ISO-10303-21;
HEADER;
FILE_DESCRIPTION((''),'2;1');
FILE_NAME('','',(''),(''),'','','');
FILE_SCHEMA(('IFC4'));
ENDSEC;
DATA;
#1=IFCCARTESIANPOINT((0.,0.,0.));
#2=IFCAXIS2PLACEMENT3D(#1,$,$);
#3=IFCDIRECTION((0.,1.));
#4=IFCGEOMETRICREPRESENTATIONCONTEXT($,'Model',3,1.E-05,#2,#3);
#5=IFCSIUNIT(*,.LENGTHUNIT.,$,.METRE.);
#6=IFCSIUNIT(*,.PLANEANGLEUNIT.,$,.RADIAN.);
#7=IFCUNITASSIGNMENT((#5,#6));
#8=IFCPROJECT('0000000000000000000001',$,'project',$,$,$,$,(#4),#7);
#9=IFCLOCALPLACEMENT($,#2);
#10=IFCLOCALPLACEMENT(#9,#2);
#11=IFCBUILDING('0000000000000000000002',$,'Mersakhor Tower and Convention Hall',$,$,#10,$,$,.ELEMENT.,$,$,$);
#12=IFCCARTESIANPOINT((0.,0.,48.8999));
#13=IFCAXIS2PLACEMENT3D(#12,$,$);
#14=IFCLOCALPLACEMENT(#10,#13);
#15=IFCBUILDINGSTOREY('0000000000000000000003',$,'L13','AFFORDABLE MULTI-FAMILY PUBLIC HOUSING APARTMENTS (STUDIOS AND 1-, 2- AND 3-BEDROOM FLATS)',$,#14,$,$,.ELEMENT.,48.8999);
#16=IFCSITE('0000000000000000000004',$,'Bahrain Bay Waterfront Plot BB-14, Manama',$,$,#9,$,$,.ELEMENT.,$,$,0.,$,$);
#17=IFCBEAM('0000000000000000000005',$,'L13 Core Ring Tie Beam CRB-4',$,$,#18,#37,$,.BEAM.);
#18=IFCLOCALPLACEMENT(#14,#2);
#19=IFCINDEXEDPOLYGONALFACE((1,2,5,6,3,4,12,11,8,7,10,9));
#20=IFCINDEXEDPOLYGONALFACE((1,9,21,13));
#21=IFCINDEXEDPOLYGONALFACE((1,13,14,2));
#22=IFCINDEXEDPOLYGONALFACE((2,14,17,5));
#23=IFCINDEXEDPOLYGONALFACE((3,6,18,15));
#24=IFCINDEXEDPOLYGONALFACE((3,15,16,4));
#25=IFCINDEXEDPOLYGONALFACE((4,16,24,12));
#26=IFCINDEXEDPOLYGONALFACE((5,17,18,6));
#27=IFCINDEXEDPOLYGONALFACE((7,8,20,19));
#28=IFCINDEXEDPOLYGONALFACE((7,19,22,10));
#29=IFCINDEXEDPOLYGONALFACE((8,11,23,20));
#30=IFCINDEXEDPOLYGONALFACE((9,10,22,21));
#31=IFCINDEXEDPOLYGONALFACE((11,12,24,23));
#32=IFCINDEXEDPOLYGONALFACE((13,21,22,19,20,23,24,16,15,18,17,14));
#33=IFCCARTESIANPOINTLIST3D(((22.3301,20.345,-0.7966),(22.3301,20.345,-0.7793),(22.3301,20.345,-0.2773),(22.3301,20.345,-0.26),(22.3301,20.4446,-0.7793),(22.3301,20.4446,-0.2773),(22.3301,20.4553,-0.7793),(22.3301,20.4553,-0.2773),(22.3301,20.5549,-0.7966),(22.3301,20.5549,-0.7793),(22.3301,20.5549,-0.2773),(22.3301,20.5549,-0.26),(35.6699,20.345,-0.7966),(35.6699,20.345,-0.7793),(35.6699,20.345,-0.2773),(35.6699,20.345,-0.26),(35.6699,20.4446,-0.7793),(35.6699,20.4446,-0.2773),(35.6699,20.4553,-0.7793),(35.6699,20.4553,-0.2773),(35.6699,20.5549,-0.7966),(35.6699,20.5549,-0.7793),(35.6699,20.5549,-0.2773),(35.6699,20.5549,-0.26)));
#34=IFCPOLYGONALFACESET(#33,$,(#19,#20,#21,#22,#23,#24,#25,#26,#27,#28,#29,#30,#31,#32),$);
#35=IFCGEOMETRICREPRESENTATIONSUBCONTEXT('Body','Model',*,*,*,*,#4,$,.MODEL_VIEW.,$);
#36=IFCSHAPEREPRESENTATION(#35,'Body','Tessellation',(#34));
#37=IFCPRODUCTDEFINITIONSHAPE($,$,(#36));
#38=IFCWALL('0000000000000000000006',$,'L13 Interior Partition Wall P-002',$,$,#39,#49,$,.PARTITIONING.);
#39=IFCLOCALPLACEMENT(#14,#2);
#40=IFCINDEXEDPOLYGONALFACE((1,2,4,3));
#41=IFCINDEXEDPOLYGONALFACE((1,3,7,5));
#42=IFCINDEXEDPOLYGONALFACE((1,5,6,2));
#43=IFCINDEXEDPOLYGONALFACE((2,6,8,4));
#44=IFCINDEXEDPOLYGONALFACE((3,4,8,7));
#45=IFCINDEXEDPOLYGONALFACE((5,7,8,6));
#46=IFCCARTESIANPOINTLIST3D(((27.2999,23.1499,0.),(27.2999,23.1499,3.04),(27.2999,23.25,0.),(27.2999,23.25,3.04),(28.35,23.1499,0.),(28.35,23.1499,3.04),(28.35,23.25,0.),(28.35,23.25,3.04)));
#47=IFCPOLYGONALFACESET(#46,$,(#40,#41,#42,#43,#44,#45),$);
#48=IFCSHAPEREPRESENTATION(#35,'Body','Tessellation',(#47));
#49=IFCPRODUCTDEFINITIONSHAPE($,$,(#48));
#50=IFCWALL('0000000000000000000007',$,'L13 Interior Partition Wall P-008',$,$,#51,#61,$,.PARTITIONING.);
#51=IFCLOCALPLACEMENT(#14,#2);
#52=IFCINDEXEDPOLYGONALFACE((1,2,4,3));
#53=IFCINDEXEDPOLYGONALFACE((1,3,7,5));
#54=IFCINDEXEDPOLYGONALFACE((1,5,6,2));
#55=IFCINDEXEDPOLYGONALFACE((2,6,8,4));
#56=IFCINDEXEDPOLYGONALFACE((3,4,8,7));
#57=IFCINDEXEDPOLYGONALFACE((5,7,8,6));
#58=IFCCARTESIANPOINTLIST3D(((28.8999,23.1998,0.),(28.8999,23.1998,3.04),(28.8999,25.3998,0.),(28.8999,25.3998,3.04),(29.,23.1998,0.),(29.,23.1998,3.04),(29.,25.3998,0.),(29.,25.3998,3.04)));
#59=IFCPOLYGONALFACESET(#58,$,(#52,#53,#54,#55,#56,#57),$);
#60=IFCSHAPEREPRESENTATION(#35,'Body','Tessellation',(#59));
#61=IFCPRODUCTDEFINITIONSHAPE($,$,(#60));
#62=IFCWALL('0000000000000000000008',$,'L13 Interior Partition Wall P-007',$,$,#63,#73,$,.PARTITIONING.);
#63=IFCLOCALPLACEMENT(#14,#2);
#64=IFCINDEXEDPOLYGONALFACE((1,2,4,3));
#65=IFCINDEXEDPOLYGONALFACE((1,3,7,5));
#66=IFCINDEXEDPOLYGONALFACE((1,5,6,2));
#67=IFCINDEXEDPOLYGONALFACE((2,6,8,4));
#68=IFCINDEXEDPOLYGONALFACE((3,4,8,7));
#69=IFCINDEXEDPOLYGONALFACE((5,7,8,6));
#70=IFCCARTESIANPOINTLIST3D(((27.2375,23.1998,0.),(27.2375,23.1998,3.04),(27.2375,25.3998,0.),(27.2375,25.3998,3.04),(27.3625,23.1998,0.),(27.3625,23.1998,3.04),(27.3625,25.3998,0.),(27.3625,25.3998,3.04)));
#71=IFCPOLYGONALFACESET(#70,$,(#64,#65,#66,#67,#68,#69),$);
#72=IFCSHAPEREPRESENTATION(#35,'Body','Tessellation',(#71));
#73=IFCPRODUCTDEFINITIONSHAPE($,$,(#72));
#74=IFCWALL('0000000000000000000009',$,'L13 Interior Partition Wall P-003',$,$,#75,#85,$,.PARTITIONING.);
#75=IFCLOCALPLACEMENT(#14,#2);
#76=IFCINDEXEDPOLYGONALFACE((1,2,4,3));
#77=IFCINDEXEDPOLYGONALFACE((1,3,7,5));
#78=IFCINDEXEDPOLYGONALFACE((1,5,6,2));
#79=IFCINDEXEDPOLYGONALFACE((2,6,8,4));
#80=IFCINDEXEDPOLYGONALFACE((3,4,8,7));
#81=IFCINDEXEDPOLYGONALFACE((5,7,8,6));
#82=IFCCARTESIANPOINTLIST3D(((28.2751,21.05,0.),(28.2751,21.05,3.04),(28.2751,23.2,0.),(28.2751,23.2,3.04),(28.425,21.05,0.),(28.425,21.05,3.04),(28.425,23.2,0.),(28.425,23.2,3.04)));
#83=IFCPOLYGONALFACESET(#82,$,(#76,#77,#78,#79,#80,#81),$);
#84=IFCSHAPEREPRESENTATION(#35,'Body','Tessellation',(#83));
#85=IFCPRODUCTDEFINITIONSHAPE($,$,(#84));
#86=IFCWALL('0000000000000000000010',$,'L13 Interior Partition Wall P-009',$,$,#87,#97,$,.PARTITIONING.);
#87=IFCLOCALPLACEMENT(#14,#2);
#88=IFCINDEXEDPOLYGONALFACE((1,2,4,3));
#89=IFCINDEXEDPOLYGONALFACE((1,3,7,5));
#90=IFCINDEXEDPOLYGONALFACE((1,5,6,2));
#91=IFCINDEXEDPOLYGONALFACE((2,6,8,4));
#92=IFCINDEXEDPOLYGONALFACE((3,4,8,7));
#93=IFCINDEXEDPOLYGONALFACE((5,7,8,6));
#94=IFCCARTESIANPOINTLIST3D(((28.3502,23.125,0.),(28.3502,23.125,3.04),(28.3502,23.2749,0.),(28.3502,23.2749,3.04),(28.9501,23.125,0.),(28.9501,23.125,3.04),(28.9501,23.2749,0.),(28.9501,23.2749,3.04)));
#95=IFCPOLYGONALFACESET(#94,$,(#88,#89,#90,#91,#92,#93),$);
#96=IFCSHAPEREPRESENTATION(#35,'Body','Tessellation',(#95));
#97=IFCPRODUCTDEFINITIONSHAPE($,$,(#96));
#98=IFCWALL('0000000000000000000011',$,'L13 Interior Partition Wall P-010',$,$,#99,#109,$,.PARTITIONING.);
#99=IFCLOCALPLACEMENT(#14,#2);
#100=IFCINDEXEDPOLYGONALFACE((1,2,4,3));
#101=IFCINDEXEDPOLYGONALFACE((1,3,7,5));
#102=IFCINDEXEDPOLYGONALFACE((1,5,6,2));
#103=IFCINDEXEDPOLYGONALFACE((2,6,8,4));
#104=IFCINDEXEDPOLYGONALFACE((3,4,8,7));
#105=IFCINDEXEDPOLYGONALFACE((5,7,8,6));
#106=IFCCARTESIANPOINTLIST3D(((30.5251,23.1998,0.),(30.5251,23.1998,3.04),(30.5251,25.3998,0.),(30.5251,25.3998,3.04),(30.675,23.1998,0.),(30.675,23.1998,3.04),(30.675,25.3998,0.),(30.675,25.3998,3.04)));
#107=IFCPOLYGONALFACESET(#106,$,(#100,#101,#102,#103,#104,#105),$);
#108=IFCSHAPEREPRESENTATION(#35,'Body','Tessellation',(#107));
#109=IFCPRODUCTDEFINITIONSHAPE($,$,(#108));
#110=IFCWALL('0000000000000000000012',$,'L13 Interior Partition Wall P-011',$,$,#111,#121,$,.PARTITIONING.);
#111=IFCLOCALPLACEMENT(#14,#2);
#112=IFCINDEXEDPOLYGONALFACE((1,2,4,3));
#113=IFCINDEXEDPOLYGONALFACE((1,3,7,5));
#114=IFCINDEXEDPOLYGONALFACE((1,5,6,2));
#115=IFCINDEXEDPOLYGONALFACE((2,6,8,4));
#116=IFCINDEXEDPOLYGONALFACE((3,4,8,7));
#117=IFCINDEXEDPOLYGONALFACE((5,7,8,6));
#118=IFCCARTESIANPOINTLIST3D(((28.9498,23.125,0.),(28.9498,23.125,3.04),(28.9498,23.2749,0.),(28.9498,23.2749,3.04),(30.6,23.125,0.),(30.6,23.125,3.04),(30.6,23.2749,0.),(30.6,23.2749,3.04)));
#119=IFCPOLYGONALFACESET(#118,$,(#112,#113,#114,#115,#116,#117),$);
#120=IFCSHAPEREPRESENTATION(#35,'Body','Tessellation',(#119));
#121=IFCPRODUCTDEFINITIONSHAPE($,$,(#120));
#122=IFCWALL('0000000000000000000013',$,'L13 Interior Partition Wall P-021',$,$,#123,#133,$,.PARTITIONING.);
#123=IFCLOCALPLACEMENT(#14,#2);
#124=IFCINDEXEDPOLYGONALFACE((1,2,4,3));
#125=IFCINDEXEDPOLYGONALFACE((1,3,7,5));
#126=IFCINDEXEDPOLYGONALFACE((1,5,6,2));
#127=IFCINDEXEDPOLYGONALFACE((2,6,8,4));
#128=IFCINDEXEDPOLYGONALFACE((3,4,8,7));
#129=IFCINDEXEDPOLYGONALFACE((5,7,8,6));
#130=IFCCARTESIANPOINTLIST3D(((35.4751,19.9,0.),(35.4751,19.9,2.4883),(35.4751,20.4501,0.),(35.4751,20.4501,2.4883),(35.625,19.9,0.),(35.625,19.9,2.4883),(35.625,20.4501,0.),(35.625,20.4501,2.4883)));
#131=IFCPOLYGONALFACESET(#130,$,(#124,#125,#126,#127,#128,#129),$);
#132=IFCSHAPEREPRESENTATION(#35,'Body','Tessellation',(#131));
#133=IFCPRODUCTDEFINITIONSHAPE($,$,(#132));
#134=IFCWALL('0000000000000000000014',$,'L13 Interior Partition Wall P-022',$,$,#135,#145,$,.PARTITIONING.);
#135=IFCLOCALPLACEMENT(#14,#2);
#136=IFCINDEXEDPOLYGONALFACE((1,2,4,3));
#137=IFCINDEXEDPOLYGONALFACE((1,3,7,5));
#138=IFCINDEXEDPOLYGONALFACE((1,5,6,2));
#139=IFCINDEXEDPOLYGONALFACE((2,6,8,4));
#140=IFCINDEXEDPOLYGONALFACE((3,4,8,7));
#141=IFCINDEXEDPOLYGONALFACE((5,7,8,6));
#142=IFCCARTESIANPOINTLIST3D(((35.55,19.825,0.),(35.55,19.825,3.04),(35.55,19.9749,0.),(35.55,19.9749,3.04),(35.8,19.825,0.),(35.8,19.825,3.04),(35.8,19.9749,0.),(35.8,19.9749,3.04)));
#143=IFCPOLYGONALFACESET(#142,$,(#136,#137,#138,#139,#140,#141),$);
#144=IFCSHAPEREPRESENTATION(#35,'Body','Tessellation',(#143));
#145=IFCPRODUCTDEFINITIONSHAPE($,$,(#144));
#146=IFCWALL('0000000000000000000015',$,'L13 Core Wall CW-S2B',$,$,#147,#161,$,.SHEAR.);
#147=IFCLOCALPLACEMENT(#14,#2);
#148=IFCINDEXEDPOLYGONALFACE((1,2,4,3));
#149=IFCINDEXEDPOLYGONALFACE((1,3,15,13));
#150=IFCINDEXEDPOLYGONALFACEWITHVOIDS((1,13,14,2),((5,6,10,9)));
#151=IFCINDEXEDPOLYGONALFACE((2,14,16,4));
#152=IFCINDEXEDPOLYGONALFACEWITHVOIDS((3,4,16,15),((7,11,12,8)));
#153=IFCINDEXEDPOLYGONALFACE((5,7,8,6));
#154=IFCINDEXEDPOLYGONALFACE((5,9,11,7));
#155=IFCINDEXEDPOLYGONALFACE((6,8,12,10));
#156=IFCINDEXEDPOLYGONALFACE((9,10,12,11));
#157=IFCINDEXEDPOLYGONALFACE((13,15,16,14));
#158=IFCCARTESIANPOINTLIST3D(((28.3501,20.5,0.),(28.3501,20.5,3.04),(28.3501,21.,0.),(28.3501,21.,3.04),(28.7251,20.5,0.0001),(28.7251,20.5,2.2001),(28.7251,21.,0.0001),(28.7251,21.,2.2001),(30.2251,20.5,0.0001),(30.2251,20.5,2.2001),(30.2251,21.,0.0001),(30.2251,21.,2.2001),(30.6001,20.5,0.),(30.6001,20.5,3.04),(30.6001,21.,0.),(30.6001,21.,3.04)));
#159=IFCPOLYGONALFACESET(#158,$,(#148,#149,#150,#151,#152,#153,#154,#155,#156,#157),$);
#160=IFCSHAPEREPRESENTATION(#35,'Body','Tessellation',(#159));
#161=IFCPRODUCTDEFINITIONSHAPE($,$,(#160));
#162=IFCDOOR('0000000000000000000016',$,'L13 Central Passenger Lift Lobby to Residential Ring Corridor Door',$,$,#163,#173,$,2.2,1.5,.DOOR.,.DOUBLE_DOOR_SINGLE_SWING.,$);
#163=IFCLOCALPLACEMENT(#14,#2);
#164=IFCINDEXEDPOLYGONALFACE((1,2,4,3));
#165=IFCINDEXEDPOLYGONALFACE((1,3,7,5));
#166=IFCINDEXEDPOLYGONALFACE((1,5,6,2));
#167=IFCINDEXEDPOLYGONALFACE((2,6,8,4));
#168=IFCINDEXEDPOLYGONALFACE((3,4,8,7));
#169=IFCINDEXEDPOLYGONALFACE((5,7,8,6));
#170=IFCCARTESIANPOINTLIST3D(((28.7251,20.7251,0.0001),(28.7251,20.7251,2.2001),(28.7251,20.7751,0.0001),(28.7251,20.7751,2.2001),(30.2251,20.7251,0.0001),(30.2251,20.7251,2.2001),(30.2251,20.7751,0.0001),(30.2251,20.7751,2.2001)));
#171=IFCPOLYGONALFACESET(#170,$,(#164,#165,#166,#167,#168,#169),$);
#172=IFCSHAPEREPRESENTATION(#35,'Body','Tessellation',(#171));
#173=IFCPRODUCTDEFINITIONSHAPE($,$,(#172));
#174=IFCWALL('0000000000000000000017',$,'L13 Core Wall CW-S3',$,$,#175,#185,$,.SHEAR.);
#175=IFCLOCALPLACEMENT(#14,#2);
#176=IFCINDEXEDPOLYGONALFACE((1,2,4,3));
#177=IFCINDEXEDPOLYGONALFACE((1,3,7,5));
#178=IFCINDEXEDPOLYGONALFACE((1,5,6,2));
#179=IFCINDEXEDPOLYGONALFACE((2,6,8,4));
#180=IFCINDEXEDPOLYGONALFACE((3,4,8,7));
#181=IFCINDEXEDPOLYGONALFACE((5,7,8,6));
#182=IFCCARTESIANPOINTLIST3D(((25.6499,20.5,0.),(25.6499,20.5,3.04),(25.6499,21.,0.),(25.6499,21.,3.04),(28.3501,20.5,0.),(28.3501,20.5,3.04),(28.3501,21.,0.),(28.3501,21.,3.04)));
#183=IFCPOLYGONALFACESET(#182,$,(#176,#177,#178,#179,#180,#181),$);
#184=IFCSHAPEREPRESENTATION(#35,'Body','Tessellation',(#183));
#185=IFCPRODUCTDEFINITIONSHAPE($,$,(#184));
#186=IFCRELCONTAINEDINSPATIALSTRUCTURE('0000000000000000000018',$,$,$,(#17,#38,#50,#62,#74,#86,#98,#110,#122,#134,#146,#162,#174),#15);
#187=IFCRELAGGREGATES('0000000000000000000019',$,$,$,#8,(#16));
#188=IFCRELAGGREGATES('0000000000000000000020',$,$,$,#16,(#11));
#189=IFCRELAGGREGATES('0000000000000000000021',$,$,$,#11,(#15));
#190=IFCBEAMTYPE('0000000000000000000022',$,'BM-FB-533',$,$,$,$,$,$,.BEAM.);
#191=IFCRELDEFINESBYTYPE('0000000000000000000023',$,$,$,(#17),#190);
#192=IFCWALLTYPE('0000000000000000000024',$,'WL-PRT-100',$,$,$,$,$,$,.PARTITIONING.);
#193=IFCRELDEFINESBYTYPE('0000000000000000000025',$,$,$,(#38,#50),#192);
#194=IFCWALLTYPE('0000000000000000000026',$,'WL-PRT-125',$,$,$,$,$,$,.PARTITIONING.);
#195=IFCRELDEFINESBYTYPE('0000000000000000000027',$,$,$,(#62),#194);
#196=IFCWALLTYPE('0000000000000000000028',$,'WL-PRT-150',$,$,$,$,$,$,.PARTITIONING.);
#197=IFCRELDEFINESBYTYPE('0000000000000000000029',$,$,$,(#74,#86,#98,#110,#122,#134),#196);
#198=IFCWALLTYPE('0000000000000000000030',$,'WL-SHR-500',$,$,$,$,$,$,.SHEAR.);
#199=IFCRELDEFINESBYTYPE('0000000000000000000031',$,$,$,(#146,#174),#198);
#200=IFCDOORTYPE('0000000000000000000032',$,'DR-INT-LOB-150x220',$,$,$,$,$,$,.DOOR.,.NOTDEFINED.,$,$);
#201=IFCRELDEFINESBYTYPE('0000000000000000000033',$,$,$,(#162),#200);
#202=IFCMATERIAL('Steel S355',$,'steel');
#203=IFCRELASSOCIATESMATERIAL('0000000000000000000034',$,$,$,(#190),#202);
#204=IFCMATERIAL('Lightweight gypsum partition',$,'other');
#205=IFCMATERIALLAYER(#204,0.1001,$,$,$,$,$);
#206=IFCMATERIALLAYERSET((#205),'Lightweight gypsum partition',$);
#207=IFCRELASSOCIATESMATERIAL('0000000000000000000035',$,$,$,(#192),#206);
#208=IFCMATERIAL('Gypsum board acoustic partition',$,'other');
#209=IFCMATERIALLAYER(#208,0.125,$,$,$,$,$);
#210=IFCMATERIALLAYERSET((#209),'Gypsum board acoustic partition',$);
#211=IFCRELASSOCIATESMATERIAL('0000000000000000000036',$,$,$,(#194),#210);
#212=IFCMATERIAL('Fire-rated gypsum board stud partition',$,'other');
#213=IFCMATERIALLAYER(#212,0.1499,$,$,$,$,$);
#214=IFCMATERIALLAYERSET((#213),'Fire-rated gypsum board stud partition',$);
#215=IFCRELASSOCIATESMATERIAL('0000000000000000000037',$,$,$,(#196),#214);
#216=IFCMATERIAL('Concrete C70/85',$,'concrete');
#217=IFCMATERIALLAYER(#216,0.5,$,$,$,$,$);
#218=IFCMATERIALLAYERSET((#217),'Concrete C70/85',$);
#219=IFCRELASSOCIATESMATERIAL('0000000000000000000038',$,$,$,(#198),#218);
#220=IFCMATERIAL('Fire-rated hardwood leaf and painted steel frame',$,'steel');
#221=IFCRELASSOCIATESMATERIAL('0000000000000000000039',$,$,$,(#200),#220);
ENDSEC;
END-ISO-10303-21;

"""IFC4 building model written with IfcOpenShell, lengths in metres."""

from ifc_helpers import new_model, si_unit, direction, frame, frame_2d, origin, origin_2d, place, context, subcontext, project, spatial, rectangle, i_section, extrude, material, layer, layer_set, material_profile, profile_set, type_object, element, fill, save


model = new_model("IFC4")

# Units and contexts
model_context = context("Model", 3, precision=1e-05, world=origin(), true_north=direction((0.0, 1.0)))
body_context = subcontext(model_context, "Body", "Model", "MODEL_VIEW")
ifc_project = project(units=[si_unit("LENGTHUNIT", "METRE"), si_unit("PLANEANGLEUNIT", "RADIAN")], contexts=[model_context])

# Site, building, storey
site_placement = place(None, origin())
site = spatial("IfcSite", under=ifc_project, at=site_placement, Name="Bahrain Bay Waterfront Plot BB-14, Manama", CompositionType="ELEMENT", RefElevation=0.0)
building_placement = place(site_placement, origin())
building = spatial("IfcBuilding", under=site, at=building_placement, Name="Mersakhor Tower and Convention Hall", CompositionType="ELEMENT")
storey_placement = place(building_placement, frame((0.0, 0.0, 48.8999)))
storey = spatial("IfcBuildingStorey", under=building, at=storey_placement, Name="L13", Description="AFFORDABLE MULTI-FAMILY PUBLIC HOUSING APARTMENTS (STUDIOS AND 1-, 2- AND 3-BEDROOM FLATS)", CompositionType="ELEMENT", Elevation=48.8999)

# Beam
ifc_material_1 = material(Name="Steel S355", Category="steel")
ifc_material_profile = material_profile(ifc_material_1, i_section(OverallWidth=0.21, OverallDepth=0.5366, WebThickness=0.0107, FlangeThickness=0.0173, at=origin_2d()), Name="UB 533x210x101")
ifc_profile_set = profile_set([ifc_material_profile], Name="Steel S355")
beam_type = type_object("IfcBeamType", Name="BM-FB-533", PredefinedType="BEAM", material=ifc_profile_set)
beam_placement = place(storey_placement, frame((35.6699, 20.45, -0.5283), z_axis=(-1.0, 0.0, 0.0), x_axis=(0.0, -1.0, 0.0)))
element("IfcBeam", 1, at=beam_placement, inside=storey, type_object=beam_type, Name="L13 Core Ring Tie Beam CRB-4", PredefinedType="BEAM", context=body_context, shape_type="SweptSolid", body=[
    extrude(i_section(OverallWidth=0.21, OverallDepth=0.5366, WebThickness=0.0107, FlangeThickness=0.0173, at=origin_2d()), origin(), (0.0, 0.0, 1.0), 13.3398),
])

# Walls
ifc_material_2 = material(Name="Lightweight gypsum partition", Category="other")
ifc_layer_1 = layer(ifc_material_2, 0.1001)
ifc_layer_set_1 = layer_set([ifc_layer_1], Name="Lightweight gypsum partition")
wall_type_1 = type_object("IfcWallType", Name="WL-PRT-100", PredefinedType="PARTITIONING", material=ifc_layer_set_1)
wall_1_placement = place(storey_placement, frame((27.3, 23.2, 0.0), z_axis=(0.0, 0.0, 1.0), x_axis=(1.0, 0.0, 0.0)))
element("IfcWall", 2, at=wall_1_placement, inside=storey, type_object=wall_type_1, Name="L13 Interior Partition Wall P-002", PredefinedType="PARTITIONING", context=body_context, shape_type="SweptSolid", body=[
    extrude(rectangle(XDim=1.05, YDim=0.1001, at=frame_2d((0.5249, 0.0))), origin(), (0.0, 0.0, 1.0), 3.04),
])
wall_2_placement = place(storey_placement, frame((28.95, 25.3999, 0.0), z_axis=(0.0, 0.0, 1.0), x_axis=(0.0, -1.0, 0.0)))
element("IfcWall", 3, at=wall_2_placement, inside=storey, type_object=wall_type_1, Name="L13 Interior Partition Wall P-008", PredefinedType="PARTITIONING", context=body_context, shape_type="SweptSolid", body=[
    extrude(rectangle(XDim=2.2, YDim=0.1001, at=frame_2d((1.1001, 0.0))), origin(), (0.0, 0.0, 1.0), 3.04),
])
ifc_material_3 = material(Name="Gypsum board acoustic partition", Category="other")
ifc_layer_2 = layer(ifc_material_3, 0.125)
ifc_layer_set_2 = layer_set([ifc_layer_2], Name="Gypsum board acoustic partition")
wall_type_2 = type_object("IfcWallType", Name="WL-PRT-125", PredefinedType="PARTITIONING", material=ifc_layer_set_2)
wall_3_placement = place(storey_placement, frame((27.3, 25.3999, 0.0), z_axis=(0.0, 0.0, 1.0), x_axis=(0.0, -1.0, 0.0)))
element("IfcWall", 4, at=wall_3_placement, inside=storey, type_object=wall_type_2, Name="L13 Interior Partition Wall P-007", PredefinedType="PARTITIONING", context=body_context, shape_type="SweptSolid", body=[
    extrude(rectangle(XDim=2.2, YDim=0.125, at=frame_2d((1.1001, 0.0))), origin(), (0.0, 0.0, 1.0), 3.04),
])
ifc_material_4 = material(Name="Fire-rated gypsum board stud partition", Category="other")
ifc_layer_3 = layer(ifc_material_4, 0.1499)
ifc_layer_set_3 = layer_set([ifc_layer_3], Name="Fire-rated gypsum board stud partition")
wall_type_3 = type_object("IfcWallType", Name="WL-PRT-150", PredefinedType="PARTITIONING", material=ifc_layer_set_3)
wall_4_placement = place(storey_placement, frame((28.3501, 23.2, 0.0), z_axis=(0.0, 0.0, 1.0), x_axis=(0.0, -1.0, 0.0)))
element("IfcWall", 5, at=wall_4_placement, inside=storey, type_object=wall_type_3, Name="L13 Interior Partition Wall P-003", PredefinedType="PARTITIONING", context=body_context, shape_type="SweptSolid", body=[
    extrude(rectangle(XDim=2.1499, YDim=0.1499, at=frame_2d((1.075, 0.0))), origin(), (0.0, 0.0, 1.0), 3.04),
])
wall_5_placement = place(storey_placement, frame((28.95, 23.2, 0.0), z_axis=(0.0, 0.0, 1.0), x_axis=(-1.0, 0.0, 0.0)))
element("IfcWall", 6, at=wall_5_placement, inside=storey, type_object=wall_type_3, Name="L13 Interior Partition Wall P-009", PredefinedType="PARTITIONING", context=body_context, shape_type="SweptSolid", body=[
    extrude(rectangle(XDim=0.5999, YDim=0.1499, at=frame_2d((0.2998, 0.0))), origin(), (0.0, 0.0, 1.0), 3.04),
])
wall_6_placement = place(storey_placement, frame((30.6001, 25.3999, 0.0), z_axis=(0.0, 0.0, 1.0), x_axis=(0.0, -1.0, 0.0)))
element("IfcWall", 7, at=wall_6_placement, inside=storey, type_object=wall_type_3, Name="L13 Interior Partition Wall P-010", PredefinedType="PARTITIONING", context=body_context, shape_type="SweptSolid", body=[
    extrude(rectangle(XDim=2.2, YDim=0.1499, at=frame_2d((1.1001, 0.0))), origin(), (0.0, 0.0, 1.0), 3.04),
])
wall_7_placement = place(storey_placement, frame((30.6001, 23.2, 0.0), z_axis=(0.0, 0.0, 1.0), x_axis=(-1.0, 0.0, 0.0)))
element("IfcWall", 8, at=wall_7_placement, inside=storey, type_object=wall_type_3, Name="L13 Interior Partition Wall P-011", PredefinedType="PARTITIONING", context=body_context, shape_type="SweptSolid", body=[
    extrude(rectangle(XDim=1.6501, YDim=0.1499, at=frame_2d((0.8252, 0.0))), origin(), (0.0, 0.0, 1.0), 3.04),
])
wall_8_placement = place(storey_placement, frame((35.55, 20.45, 0.0), z_axis=(0.0, 0.0, 1.0), x_axis=(0.0, -1.0, 0.0)))
element("IfcWall", 9, at=wall_8_placement, inside=storey, type_object=wall_type_3, Name="L13 Interior Partition Wall P-021", PredefinedType="PARTITIONING", context=body_context, shape_type="SweptSolid", body=[
    extrude(rectangle(XDim=0.55, YDim=0.1499, at=frame_2d((0.2749, 0.0))), origin(), (0.0, 0.0, 1.0), 2.4883),
])
wall_9_placement = place(storey_placement, frame((35.55, 19.8999, 0.0), z_axis=(0.0, 0.0, 1.0), x_axis=(1.0, 0.0, 0.0)))
element("IfcWall", 10, at=wall_9_placement, inside=storey, type_object=wall_type_3, Name="L13 Interior Partition Wall P-022", PredefinedType="PARTITIONING", context=body_context, shape_type="SweptSolid", body=[
    extrude(rectangle(XDim=0.25, YDim=0.1499, at=frame_2d((0.125, 0.0))), origin(), (0.0, 0.0, 1.0), 3.04),
])

# Wall, opening, door
ifc_material_5 = material(Name="Concrete C70/85", Category="concrete")
ifc_layer_4 = layer(ifc_material_5, 0.5)
ifc_layer_set_4 = layer_set([ifc_layer_4], Name="Concrete C70/85")
wall_type_4 = type_object("IfcWallType", Name="WL-SHR-500", PredefinedType="SHEAR", material=ifc_layer_set_4)
wall_10_placement = place(storey_placement, frame((30.6001, 20.75, 0.0), z_axis=(0.0, 0.0, 1.0), x_axis=(-1.0, 0.0, 0.0)))
wall_10 = element("IfcWall", 11, at=wall_10_placement, inside=storey, type_object=wall_type_4, Name="L13 Core Wall CW-S2B", PredefinedType="SHEAR", context=body_context, shape_type="SweptSolid", body=[
    extrude(rectangle(XDim=2.25, YDim=0.5, at=frame_2d((1.125, 0.0))), origin(), (0.0, 0.0, 1.0), 3.04),
])
opening_1_placement = place(wall_10_placement, frame((0.375, 0.0, 0.0)))
opening_1 = element("IfcOpeningElement", 12, at=opening_1_placement, cuts=wall_10, PredefinedType="OPENING", context=body_context, shape_type="SweptSolid", body=[
    extrude(rectangle(XDim=1.5, YDim=2.2, at=frame_2d((0.75, 1.1001))), frame((0.0, 0.26, 0.0), z_axis=(0.0, -1.0, 0.0), x_axis=(1.0, 0.0, 0.0)), (0.0, 0.0, 1.0), 0.52),
])
ifc_material_6 = material(Name="Fire-rated hardwood leaf and painted steel frame", Category="steel")
door_type_1 = type_object("IfcDoorType", Name="DR-INT-LOB-150x220", OperationType="NOTDEFINED", PredefinedType="DOOR", material=ifc_material_6)
door_1_placement = place(opening_1_placement, origin())
door_1 = element("IfcDoor", 13, at=door_1_placement, inside=storey, type_object=door_type_1, Name="L13 Central Passenger Lift Lobby to Residential Ring Corridor Door", OperationType="DOUBLE_DOOR_SINGLE_SWING", OverallHeight=2.2, OverallWidth=1.5, PredefinedType="DOOR", context=body_context, shape_type="SweptSolid", body=[
    extrude(rectangle(XDim=1.5, YDim=2.2, at=frame_2d((0.75, 1.1001))), frame((0.0, 0.0249, 0.0), z_axis=(0.0, -1.0, 0.0), x_axis=(1.0, 0.0, 0.0)), (0.0, 0.0, 1.0), 0.05),
])
fill(opening_1, door_1)

# Wall
wall_11_placement = place(storey_placement, frame((28.3501, 20.75, 0.0), z_axis=(0.0, 0.0, 1.0), x_axis=(-1.0, 0.0, 0.0)))
element("IfcWall", 14, at=wall_11_placement, inside=storey, type_object=wall_type_4, Name="L13 Core Wall CW-S3", PredefinedType="SHEAR", context=body_context, shape_type="SweptSolid", body=[
    extrude(rectangle(XDim=2.7002, YDim=0.5, at=frame_2d((1.3501, 0.0))), origin(), (0.0, 0.0, 1.0), 3.04),
])

save(model, "model.ifc")
